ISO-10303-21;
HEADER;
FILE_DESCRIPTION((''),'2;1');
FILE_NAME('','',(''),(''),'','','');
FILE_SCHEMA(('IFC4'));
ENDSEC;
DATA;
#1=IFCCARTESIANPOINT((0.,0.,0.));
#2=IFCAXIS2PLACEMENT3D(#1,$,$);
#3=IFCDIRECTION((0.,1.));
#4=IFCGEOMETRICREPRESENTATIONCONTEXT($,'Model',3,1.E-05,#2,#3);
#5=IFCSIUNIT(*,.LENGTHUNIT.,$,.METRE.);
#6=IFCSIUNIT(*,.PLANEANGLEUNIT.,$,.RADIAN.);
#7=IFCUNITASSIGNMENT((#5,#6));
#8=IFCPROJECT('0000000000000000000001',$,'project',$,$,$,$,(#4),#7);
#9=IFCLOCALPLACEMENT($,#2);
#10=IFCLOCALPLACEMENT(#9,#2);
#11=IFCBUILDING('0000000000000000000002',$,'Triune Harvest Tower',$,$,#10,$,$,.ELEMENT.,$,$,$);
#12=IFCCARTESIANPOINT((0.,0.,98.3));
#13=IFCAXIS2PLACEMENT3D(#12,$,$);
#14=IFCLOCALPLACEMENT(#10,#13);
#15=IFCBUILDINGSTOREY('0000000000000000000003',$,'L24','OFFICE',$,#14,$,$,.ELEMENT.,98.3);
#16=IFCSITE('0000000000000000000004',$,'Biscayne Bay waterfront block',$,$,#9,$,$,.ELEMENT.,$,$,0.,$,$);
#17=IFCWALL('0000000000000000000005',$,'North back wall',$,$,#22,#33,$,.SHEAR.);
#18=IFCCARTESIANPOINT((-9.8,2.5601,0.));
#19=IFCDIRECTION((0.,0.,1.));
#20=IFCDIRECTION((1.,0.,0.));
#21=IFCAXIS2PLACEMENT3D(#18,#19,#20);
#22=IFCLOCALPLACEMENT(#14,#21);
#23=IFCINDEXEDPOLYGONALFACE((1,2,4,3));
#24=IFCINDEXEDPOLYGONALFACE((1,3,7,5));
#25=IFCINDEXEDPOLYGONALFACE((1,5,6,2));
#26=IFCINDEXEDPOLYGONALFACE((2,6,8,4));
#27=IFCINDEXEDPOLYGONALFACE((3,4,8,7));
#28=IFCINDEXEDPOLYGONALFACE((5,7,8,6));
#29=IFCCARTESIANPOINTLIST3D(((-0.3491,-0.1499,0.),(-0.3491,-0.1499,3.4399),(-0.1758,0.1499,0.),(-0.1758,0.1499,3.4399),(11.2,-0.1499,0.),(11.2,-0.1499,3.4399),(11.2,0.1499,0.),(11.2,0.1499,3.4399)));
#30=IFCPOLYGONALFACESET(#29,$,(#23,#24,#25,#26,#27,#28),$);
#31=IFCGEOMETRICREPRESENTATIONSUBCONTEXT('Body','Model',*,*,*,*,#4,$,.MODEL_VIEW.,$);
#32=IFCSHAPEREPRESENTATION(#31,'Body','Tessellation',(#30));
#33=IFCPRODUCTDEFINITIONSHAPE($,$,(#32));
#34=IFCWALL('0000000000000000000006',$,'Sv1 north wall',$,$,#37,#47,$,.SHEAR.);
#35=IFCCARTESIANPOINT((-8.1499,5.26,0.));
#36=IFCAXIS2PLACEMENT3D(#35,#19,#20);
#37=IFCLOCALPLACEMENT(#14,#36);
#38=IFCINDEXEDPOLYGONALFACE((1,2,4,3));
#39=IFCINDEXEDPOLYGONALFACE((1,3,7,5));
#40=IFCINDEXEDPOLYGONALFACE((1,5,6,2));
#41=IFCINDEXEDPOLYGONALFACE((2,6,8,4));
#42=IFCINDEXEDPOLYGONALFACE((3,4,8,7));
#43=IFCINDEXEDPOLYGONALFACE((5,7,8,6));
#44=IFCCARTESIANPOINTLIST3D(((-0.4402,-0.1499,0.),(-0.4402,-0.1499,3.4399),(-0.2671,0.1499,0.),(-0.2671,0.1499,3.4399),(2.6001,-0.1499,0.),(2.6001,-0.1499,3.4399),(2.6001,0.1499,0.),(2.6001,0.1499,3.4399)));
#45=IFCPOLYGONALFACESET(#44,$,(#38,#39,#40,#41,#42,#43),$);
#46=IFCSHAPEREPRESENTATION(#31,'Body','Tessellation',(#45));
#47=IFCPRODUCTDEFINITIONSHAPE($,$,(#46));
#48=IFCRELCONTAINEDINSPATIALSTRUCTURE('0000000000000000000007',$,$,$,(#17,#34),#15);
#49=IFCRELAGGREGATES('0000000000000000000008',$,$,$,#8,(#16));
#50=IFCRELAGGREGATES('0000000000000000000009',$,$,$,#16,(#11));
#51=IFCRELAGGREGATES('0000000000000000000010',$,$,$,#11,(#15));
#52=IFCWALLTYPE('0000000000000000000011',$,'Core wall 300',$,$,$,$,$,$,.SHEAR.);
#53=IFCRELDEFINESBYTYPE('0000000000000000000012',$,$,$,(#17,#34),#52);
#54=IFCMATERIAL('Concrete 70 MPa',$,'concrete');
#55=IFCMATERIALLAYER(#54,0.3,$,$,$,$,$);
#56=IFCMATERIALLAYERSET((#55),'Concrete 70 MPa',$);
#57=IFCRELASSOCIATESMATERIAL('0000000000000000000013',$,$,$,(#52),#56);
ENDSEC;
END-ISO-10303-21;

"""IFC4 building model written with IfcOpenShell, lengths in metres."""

from ifc_helpers import new_model, si_unit, direction, frame, origin, place, context, subcontext, project, spatial, polyline, outline, extrude, source, transform, mapped, material, layer, layer_set, type_object, element, save


model = new_model("IFC4")

# Units and contexts
model_context = context("Model", 3, precision=1e-05, world=origin(), true_north=direction((0.0, 1.0)))
body_context = subcontext(model_context, "Body", "Model", "MODEL_VIEW")
ifc_project = project(units=[si_unit("LENGTHUNIT", "METRE"), si_unit("PLANEANGLEUNIT", "RADIAN")], contexts=[model_context])

# Site, building, storey
site_placement = place(None, origin())
site = spatial("IfcSite", under=ifc_project, at=site_placement, Name="Biscayne Bay waterfront block", CompositionType="ELEMENT", RefElevation=0.0)
building_placement = place(site_placement, origin())
building = spatial("IfcBuilding", under=site, at=building_placement, Name="Triune Harvest Tower", CompositionType="ELEMENT")
storey_placement = place(building_placement, frame((0.0, 0.0, 98.3)))
storey = spatial("IfcBuildingStorey", under=building, at=storey_placement, Name="L24", Description="OFFICE", CompositionType="ELEMENT", Elevation=98.3)

# Shared definitions
ifc_material_1 = material(Name="Concrete 70 MPa", Category="concrete")
ifc_layer_1 = layer(ifc_material_1, 0.3)
ifc_layer_set_1 = layer_set([ifc_layer_1], Name="Concrete 70 MPa")
wall_type_1 = type_object("IfcWallType", Name="Core wall 300", PredefinedType="SHEAR", material=ifc_layer_set_1)

# Walls
shared_shape_1 = source(origin(), body_context, "Body", "SweptSolid", [
    extrude(outline(polyline([(11.2, -0.1499), (-0.3491, -0.1499), (-0.1758, 0.1499), (11.2, 0.1499), (11.2, -0.1499)])), origin(), (0.0, 0.0, 1.0), 3.4399),
])
wall_1_placement = place(storey_placement, frame((-9.8, 2.5601, 0.0), z_axis=(0.0, 0.0, 1.0), x_axis=(1.0, 0.0, 0.0)))
element("IfcWall", 1, at=wall_1_placement, inside=storey, type_object=wall_type_1, Name="North back wall", PredefinedType="SHEAR", context=body_context, shape_type="MappedRepresentation", body=[
    mapped(shared_shape_1, transform((0.0, 0.0, 0.0), scale=1.0)),
])
shared_shape_2 = source(origin(), body_context, "Body", "SweptSolid", [
    extrude(outline(polyline([(2.6001, -0.1499), (-0.4402, -0.1499), (-0.2671, 0.1499), (2.6001, 0.1499), (2.6001, -0.1499)])), origin(), (0.0, 0.0, 1.0), 3.4399),
])
wall_2_placement = place(storey_placement, frame((-8.1499, 5.26, 0.0), z_axis=(0.0, 0.0, 1.0), x_axis=(1.0, 0.0, 0.0)))
element("IfcWall", 2, at=wall_2_placement, inside=storey, type_object=wall_type_1, Name="Sv1 north wall", PredefinedType="SHEAR", context=body_context, shape_type="MappedRepresentation", body=[
    mapped(shared_shape_2, transform((0.0, 0.0, 0.0), scale=1.0)),
])

save(model, "model.ifc")
